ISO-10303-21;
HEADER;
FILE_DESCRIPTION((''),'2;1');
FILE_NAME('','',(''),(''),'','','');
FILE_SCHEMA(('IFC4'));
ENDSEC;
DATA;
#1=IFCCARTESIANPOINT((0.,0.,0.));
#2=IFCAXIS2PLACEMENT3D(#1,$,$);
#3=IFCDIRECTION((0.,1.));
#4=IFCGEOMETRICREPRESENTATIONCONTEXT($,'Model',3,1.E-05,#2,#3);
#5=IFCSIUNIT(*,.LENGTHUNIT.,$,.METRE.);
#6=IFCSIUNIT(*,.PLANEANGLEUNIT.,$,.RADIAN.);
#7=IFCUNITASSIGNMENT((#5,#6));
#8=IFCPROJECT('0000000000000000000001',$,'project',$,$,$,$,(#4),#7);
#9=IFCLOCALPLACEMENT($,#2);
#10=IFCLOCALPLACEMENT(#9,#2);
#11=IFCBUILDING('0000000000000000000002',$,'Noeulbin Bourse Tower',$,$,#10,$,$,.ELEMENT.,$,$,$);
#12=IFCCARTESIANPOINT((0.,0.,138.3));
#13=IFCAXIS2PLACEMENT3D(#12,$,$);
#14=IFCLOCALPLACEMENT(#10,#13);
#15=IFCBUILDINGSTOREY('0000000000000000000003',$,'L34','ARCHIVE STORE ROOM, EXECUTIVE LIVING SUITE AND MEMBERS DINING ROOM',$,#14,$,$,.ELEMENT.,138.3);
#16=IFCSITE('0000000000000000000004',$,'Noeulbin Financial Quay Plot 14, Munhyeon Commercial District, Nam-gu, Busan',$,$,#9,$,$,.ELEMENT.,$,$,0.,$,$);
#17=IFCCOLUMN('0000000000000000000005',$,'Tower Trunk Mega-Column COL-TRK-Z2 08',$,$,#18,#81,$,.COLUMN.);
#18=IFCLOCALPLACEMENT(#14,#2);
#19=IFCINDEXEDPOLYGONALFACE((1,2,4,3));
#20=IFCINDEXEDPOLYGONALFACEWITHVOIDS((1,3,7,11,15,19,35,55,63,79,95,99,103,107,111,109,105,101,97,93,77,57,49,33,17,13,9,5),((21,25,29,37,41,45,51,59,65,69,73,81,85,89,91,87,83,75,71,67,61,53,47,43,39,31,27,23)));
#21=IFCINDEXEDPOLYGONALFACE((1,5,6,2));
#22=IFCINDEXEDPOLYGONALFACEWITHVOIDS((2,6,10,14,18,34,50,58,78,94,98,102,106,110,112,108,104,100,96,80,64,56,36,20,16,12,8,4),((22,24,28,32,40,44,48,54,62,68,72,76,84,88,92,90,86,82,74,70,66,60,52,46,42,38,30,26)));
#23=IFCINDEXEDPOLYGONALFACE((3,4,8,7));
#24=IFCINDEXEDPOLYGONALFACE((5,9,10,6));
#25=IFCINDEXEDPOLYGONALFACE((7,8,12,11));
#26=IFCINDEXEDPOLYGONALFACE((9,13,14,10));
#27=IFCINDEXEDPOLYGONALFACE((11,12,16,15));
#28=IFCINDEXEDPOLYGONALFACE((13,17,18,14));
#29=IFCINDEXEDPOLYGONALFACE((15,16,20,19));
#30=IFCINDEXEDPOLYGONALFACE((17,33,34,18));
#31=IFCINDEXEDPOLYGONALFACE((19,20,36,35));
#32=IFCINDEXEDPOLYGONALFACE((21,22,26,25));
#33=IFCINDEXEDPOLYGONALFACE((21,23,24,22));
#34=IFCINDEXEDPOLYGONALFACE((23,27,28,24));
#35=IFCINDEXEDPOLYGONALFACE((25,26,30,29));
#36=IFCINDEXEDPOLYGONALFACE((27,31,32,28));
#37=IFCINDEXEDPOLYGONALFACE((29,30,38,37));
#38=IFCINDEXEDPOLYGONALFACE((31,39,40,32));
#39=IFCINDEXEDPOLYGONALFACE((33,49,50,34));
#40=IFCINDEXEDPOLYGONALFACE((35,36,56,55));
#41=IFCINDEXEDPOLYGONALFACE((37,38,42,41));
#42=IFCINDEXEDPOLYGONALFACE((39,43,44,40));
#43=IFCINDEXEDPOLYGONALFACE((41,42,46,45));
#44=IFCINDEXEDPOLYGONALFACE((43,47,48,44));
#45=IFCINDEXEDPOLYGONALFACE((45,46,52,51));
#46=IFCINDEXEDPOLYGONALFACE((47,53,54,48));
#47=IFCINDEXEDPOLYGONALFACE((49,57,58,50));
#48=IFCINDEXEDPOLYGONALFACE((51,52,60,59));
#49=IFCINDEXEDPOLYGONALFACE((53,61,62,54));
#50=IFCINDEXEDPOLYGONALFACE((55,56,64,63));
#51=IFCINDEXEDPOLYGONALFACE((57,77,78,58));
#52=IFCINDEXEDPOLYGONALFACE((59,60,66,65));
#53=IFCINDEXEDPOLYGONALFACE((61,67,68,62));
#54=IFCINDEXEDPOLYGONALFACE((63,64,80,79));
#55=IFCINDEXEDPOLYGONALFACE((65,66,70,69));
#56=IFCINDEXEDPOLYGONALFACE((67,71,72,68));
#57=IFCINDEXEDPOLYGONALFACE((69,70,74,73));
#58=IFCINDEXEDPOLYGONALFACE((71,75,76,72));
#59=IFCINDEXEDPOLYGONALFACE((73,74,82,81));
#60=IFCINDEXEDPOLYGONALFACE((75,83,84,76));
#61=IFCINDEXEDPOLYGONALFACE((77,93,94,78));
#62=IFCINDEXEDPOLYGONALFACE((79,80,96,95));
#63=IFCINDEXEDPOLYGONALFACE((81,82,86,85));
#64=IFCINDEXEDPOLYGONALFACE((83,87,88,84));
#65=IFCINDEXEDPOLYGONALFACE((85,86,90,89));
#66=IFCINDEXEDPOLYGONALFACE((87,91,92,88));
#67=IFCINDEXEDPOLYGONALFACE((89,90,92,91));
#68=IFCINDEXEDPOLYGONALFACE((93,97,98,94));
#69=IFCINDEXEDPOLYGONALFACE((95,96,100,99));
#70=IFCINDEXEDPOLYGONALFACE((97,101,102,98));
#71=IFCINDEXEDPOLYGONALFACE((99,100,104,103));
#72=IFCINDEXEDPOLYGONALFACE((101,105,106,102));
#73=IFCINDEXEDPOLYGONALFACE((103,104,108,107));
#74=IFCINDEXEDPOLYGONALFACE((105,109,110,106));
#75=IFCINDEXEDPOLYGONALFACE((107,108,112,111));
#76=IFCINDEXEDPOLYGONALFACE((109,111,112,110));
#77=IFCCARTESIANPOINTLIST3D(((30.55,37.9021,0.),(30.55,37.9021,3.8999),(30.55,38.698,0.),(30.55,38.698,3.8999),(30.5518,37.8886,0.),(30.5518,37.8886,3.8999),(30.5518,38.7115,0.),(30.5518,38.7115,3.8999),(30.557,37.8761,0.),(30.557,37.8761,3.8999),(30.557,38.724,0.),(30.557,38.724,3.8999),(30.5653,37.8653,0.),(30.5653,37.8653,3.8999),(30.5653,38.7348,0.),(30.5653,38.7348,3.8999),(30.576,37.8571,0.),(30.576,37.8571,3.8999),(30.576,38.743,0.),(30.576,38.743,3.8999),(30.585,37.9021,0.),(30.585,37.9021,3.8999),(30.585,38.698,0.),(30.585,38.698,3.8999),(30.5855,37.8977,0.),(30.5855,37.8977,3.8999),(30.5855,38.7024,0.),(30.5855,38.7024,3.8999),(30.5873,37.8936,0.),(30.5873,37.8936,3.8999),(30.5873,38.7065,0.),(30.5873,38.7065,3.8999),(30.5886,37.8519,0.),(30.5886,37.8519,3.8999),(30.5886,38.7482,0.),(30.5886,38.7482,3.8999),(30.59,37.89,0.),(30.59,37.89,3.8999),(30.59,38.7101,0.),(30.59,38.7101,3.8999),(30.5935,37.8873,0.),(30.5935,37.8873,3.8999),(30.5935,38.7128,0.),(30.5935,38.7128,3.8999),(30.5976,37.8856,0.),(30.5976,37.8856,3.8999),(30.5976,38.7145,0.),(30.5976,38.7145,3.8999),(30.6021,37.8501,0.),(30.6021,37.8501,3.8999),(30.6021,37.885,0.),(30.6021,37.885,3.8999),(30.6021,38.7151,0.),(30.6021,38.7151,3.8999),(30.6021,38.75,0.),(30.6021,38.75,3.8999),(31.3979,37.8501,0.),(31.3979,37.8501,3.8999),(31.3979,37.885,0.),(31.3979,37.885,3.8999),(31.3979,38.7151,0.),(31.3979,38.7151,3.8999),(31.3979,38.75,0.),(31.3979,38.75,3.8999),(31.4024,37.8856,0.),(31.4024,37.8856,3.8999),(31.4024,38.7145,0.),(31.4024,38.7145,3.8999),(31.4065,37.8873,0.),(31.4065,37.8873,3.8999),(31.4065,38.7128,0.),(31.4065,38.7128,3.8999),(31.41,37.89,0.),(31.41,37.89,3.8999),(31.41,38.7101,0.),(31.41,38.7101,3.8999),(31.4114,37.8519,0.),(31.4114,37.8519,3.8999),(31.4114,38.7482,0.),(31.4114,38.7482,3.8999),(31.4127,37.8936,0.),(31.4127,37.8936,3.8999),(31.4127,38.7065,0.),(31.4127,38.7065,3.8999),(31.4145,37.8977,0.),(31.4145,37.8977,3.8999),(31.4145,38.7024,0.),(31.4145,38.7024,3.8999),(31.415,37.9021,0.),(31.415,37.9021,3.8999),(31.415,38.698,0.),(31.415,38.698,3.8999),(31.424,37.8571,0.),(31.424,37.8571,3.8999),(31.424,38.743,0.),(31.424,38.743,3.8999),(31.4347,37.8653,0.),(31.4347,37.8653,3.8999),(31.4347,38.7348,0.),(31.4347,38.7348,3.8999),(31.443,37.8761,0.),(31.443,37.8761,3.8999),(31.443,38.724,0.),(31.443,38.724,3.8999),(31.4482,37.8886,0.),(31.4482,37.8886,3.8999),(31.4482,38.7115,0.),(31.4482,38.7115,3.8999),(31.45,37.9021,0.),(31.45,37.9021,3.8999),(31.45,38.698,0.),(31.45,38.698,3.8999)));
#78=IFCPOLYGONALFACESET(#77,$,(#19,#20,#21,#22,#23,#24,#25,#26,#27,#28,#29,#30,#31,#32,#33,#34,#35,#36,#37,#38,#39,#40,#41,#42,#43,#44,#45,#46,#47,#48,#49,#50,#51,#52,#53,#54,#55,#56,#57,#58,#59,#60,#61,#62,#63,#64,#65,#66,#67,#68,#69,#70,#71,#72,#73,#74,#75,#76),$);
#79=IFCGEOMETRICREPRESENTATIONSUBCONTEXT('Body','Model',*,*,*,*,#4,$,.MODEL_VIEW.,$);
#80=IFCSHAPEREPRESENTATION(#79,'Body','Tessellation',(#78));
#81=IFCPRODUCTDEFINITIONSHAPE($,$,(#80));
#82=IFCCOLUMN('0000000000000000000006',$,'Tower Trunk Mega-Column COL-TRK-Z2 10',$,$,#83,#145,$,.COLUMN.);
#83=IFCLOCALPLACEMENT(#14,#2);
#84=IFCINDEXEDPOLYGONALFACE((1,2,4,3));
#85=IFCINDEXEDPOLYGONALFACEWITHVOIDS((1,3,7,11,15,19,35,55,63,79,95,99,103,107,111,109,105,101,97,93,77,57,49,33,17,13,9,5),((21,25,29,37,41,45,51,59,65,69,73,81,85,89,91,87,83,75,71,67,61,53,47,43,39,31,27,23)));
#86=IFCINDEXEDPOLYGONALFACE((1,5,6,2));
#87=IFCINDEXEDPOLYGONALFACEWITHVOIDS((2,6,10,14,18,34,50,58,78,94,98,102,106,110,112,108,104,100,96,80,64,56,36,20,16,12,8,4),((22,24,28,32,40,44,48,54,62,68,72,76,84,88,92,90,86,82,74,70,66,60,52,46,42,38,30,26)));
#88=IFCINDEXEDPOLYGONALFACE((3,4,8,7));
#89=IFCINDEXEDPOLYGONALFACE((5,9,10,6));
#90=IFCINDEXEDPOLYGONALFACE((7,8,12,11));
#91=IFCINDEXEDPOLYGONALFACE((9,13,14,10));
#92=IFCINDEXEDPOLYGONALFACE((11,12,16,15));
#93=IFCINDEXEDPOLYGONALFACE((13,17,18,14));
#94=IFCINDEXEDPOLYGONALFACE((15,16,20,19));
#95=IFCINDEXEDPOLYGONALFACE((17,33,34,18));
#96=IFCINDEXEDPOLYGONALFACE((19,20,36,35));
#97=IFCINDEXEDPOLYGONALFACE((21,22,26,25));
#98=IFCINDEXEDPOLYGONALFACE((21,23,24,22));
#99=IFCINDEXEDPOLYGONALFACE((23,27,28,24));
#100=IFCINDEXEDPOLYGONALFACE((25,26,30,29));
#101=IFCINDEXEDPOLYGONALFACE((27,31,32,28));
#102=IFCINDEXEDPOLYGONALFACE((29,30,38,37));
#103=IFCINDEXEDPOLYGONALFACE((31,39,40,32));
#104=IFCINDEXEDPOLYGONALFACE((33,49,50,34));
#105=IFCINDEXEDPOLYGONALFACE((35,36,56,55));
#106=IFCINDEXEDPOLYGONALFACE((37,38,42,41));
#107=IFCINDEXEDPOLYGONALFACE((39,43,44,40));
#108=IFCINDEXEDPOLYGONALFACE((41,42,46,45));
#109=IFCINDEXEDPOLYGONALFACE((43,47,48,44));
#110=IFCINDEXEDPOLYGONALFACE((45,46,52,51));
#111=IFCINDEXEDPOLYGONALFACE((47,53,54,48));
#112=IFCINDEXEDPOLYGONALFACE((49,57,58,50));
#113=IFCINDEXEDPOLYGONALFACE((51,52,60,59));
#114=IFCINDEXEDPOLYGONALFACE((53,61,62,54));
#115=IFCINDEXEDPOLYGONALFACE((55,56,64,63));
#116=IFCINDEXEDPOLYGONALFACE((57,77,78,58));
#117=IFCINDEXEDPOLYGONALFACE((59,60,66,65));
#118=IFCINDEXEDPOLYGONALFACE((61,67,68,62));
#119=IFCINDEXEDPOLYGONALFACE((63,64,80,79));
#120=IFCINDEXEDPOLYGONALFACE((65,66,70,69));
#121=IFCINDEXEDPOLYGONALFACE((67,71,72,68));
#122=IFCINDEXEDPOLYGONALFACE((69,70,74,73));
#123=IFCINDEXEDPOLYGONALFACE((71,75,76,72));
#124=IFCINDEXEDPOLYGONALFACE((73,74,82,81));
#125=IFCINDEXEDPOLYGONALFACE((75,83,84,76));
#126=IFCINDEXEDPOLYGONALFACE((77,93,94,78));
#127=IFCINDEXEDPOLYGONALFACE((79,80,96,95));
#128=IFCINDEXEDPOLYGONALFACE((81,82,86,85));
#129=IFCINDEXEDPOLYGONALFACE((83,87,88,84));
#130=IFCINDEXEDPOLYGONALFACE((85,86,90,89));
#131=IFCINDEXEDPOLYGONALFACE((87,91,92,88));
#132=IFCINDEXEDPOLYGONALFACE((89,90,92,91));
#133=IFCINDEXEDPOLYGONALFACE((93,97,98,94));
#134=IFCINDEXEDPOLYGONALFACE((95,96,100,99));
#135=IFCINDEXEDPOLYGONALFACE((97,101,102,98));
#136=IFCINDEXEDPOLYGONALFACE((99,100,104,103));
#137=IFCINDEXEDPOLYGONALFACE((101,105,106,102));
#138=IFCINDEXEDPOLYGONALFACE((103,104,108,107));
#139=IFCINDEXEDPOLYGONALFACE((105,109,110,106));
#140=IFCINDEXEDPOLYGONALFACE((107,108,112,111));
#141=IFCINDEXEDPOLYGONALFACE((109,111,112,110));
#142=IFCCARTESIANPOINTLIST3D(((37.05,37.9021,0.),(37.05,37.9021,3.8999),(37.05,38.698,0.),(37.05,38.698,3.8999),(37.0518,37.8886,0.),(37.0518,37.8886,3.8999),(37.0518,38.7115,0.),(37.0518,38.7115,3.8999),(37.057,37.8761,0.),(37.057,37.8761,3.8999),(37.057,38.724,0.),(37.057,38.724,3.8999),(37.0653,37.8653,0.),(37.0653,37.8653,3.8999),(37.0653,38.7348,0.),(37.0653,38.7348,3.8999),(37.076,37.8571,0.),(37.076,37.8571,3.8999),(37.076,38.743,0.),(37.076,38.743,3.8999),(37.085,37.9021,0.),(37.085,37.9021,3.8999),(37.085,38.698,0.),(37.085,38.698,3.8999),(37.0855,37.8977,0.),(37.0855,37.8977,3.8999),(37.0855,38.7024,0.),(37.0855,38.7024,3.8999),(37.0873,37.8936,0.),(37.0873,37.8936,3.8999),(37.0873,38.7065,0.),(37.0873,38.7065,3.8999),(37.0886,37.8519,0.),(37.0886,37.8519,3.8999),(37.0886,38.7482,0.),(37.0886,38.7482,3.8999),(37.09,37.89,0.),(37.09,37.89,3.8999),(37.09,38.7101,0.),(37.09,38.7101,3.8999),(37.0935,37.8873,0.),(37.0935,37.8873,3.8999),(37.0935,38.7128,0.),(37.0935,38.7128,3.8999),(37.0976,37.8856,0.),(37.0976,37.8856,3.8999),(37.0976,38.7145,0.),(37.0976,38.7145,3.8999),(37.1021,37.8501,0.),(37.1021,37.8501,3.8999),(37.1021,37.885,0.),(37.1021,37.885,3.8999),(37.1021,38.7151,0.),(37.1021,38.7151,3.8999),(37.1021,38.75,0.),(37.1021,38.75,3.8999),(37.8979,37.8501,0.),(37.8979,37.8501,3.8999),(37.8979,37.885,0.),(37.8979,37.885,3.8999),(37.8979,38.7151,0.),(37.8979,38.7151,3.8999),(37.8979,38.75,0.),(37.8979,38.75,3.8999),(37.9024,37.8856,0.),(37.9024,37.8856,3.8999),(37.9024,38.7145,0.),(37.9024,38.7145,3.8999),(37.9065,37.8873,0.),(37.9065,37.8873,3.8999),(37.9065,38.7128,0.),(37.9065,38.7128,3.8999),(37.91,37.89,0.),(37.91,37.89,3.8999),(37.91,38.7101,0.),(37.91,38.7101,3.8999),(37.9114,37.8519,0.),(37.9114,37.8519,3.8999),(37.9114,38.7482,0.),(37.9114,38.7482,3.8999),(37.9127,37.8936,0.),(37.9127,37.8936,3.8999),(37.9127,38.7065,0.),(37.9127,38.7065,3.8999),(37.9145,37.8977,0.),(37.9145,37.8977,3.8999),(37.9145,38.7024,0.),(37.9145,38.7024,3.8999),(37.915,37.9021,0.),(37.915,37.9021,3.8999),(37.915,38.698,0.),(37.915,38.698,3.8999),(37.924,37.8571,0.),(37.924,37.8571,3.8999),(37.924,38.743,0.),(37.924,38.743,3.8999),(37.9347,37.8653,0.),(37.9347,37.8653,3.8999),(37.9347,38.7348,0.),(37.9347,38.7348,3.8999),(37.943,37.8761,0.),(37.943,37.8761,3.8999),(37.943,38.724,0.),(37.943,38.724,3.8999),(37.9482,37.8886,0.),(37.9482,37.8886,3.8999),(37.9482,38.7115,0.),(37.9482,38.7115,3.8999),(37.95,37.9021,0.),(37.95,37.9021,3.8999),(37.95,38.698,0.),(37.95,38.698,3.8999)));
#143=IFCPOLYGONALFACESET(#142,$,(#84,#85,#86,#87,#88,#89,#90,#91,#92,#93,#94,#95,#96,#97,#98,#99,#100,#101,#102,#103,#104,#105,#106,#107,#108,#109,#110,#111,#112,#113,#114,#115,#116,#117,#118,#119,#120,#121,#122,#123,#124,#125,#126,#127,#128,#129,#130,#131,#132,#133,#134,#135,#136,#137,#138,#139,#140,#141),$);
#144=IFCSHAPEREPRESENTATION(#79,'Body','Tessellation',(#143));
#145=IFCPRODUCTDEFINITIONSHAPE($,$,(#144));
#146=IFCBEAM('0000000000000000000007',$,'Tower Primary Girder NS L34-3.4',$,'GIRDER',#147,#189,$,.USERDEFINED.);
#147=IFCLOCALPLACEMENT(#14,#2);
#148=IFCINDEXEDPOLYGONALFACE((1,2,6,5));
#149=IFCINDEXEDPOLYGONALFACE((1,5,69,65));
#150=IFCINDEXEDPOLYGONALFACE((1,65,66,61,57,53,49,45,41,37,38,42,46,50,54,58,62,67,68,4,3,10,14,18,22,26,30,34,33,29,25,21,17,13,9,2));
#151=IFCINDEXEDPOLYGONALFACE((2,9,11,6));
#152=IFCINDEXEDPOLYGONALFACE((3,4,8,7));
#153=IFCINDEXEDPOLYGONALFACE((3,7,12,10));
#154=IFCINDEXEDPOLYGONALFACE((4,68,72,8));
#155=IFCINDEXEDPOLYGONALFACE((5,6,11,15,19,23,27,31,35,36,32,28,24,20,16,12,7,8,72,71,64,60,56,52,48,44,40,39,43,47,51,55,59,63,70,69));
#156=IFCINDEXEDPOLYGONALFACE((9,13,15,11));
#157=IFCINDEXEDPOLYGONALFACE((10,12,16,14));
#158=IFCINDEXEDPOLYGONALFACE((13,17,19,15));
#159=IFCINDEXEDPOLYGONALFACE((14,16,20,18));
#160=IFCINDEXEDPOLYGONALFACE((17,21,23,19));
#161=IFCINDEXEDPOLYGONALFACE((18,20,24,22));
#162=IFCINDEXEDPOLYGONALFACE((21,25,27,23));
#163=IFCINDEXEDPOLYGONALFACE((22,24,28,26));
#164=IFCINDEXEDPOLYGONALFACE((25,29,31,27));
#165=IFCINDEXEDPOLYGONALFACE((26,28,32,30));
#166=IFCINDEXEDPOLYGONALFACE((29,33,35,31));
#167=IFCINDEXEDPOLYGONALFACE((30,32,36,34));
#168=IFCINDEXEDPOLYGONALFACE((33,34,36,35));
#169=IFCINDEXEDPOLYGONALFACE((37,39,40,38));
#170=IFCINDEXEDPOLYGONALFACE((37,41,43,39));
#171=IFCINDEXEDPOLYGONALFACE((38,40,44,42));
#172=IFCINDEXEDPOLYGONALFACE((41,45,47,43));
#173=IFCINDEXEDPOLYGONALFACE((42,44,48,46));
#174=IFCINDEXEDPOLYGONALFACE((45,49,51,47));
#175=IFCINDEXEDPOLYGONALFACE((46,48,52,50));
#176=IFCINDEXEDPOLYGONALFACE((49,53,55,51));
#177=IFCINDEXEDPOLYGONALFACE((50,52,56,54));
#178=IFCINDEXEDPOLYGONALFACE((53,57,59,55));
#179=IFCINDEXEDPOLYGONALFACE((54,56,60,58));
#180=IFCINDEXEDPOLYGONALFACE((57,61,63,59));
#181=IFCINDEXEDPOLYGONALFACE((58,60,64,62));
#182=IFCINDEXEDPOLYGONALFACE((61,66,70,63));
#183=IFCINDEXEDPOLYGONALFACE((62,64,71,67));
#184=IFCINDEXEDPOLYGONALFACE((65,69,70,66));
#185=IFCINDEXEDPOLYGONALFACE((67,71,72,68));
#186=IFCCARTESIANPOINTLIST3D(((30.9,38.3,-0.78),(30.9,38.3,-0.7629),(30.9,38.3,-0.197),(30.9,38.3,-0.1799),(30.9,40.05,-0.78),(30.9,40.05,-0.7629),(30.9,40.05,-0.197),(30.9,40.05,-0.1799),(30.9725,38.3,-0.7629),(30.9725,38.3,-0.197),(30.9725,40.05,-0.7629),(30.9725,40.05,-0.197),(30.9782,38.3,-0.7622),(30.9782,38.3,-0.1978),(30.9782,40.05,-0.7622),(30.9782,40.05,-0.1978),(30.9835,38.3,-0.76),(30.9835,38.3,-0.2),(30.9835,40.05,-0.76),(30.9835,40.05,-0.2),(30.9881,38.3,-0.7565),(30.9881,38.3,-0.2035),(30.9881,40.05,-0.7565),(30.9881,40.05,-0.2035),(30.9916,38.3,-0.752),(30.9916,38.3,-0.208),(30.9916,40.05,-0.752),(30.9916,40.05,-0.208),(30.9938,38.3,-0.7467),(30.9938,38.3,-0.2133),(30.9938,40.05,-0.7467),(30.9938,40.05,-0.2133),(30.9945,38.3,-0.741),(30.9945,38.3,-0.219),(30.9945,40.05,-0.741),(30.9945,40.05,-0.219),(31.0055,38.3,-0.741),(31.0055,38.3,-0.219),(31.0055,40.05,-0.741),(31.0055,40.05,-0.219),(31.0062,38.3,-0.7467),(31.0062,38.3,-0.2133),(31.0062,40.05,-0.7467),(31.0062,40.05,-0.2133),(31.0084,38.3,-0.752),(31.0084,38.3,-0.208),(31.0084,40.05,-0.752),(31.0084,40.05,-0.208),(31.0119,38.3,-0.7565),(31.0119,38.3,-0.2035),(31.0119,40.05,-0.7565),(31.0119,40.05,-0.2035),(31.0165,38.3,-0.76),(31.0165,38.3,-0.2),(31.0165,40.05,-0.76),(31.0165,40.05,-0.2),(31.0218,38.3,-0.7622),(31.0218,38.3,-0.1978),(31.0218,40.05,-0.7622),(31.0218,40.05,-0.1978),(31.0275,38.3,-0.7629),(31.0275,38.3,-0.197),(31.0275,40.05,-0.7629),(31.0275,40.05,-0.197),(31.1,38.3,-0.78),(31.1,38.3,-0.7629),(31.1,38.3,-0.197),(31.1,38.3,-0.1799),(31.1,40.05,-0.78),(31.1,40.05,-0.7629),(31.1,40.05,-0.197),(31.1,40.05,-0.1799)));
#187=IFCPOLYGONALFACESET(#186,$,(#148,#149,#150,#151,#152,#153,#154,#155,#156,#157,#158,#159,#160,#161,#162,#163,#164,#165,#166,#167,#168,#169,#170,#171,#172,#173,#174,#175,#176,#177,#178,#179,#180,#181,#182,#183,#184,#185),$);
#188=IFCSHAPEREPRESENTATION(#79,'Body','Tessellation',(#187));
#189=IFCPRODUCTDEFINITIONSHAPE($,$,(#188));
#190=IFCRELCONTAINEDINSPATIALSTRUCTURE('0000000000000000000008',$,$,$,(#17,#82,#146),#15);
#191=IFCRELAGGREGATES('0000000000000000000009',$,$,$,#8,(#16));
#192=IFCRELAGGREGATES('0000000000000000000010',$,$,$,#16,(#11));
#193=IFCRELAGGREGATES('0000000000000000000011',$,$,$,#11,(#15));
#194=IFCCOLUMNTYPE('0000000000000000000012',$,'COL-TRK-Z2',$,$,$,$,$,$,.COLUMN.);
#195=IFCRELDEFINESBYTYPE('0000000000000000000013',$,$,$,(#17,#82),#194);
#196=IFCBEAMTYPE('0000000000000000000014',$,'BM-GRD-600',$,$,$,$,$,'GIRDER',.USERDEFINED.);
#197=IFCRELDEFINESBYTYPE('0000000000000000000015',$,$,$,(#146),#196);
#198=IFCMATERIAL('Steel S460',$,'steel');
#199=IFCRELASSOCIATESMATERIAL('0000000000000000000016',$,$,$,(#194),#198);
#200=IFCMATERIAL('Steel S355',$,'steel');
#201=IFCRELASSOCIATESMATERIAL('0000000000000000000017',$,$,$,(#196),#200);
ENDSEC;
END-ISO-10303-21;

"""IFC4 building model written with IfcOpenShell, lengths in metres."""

from ifc_helpers import new_model, si_unit, direction, frame, origin, origin_2d, place, context, subcontext, project, spatial, hollow_rectangle, i_section, extrude, material, material_profile, profile_set, type_object, element, save


model = new_model("IFC4")

# Units and contexts
model_context = context("Model", 3, precision=1e-05, world=origin(), true_north=direction((0.0, 1.0)))
body_context = subcontext(model_context, "Body", "Model", "MODEL_VIEW")
ifc_project = project(units=[si_unit("LENGTHUNIT", "METRE"), si_unit("PLANEANGLEUNIT", "RADIAN")], contexts=[model_context])

# Site, building, storey
site_placement = place(None, origin())
site = spatial("IfcSite", under=ifc_project, at=site_placement, Name="Noeulbin Financial Quay Plot 14, Munhyeon Commercial District, Nam-gu, Busan", CompositionType="ELEMENT", RefElevation=0.0)
building_placement = place(site_placement, origin())
building = spatial("IfcBuilding", under=site, at=building_placement, Name="Noeulbin Bourse Tower", CompositionType="ELEMENT")
storey_placement = place(building_placement, frame((0.0, 0.0, 138.3)))
storey = spatial("IfcBuildingStorey", under=building, at=storey_placement, Name="L34", Description="ARCHIVE STORE ROOM, EXECUTIVE LIVING SUITE AND MEMBERS DINING ROOM", CompositionType="ELEMENT", Elevation=138.3)

# Columns
ifc_material_1 = material(Name="Steel S355", Category="steel")
ifc_material_2 = material(Name="Steel S460", Category="steel")
ifc_material_profile_1 = material_profile(ifc_material_2, hollow_rectangle(XDim=0.8999, YDim=0.8999, WallThickness=0.0349, InnerFilletRadius=0.0171, OuterFilletRadius=0.052, at=origin_2d()), Name="BOX-900x900x35", Category="LoadBearing")
ifc_profile_set_1 = profile_set([ifc_material_profile_1], Name="Steel S460")
column_type_1 = type_object("IfcColumnType", Name="COL-TRK-Z2", PredefinedType="COLUMN", material=ifc_profile_set_1)
for number, where, z_axis, x_axis, name in (
    (1, (31.0, 38.3, 0.0), (0.0, 0.0, 1.0), (1.0, 0.0, 0.0), "Tower Trunk Mega-Column COL-TRK-Z2 08"),
    (2, (37.5, 38.3, 0.0), (0.0, 0.0, 1.0), (1.0, 0.0, 0.0), "Tower Trunk Mega-Column COL-TRK-Z2 10"),
):
    element("IfcColumn", number, at=place(storey_placement, frame(where, z_axis=z_axis, x_axis=x_axis)), inside=storey, type_object=column_type_1, Name=name, PredefinedType="COLUMN", context=body_context, shape_type="SweptSolid", body=[
        extrude(hollow_rectangle(XDim=0.8999, YDim=0.8999, WallThickness=0.0349, InnerFilletRadius=0.0171, OuterFilletRadius=0.052, at=origin_2d()), origin(), (0.0, 0.0, 1.0), 3.8999),
    ])

# Beam
ifc_material_profile_2 = material_profile(ifc_material_1, i_section(OverallWidth=0.2, OverallDepth=0.6001, WebThickness=0.011, FlangeThickness=0.0171, FilletRadius=0.022, at=origin_2d()), Name="H-600x200x11x17", Category="LoadBearing")
ifc_profile_set_2 = profile_set([ifc_material_profile_2], Name="Steel S355")
beam_type_1 = type_object("IfcBeamType", Name="BM-GRD-600", ElementType="GIRDER", PredefinedType="USERDEFINED", material=ifc_profile_set_2)
for number, where, z_axis, x_axis, name in (
    (3, (31.0, 38.3, -0.48), (0.0, 1.0, 0.0), (-1.0, 0.0, 0.0), "Tower Primary Girder NS L34-3.4"),
):
    element("IfcBeam", number, at=place(storey_placement, frame(where, z_axis=z_axis, x_axis=x_axis)), inside=storey, type_object=beam_type_1, Name=name, ObjectType="GIRDER", PredefinedType="USERDEFINED", context=body_context, shape_type="SweptSolid", body=[
        extrude(i_section(OverallWidth=0.2, OverallDepth=0.6001, WebThickness=0.011, FlangeThickness=0.0171, FilletRadius=0.022, at=origin_2d()), origin(), (0.0, 0.0, 1.0), 1.75),
    ])

save(model, "model.ifc")
